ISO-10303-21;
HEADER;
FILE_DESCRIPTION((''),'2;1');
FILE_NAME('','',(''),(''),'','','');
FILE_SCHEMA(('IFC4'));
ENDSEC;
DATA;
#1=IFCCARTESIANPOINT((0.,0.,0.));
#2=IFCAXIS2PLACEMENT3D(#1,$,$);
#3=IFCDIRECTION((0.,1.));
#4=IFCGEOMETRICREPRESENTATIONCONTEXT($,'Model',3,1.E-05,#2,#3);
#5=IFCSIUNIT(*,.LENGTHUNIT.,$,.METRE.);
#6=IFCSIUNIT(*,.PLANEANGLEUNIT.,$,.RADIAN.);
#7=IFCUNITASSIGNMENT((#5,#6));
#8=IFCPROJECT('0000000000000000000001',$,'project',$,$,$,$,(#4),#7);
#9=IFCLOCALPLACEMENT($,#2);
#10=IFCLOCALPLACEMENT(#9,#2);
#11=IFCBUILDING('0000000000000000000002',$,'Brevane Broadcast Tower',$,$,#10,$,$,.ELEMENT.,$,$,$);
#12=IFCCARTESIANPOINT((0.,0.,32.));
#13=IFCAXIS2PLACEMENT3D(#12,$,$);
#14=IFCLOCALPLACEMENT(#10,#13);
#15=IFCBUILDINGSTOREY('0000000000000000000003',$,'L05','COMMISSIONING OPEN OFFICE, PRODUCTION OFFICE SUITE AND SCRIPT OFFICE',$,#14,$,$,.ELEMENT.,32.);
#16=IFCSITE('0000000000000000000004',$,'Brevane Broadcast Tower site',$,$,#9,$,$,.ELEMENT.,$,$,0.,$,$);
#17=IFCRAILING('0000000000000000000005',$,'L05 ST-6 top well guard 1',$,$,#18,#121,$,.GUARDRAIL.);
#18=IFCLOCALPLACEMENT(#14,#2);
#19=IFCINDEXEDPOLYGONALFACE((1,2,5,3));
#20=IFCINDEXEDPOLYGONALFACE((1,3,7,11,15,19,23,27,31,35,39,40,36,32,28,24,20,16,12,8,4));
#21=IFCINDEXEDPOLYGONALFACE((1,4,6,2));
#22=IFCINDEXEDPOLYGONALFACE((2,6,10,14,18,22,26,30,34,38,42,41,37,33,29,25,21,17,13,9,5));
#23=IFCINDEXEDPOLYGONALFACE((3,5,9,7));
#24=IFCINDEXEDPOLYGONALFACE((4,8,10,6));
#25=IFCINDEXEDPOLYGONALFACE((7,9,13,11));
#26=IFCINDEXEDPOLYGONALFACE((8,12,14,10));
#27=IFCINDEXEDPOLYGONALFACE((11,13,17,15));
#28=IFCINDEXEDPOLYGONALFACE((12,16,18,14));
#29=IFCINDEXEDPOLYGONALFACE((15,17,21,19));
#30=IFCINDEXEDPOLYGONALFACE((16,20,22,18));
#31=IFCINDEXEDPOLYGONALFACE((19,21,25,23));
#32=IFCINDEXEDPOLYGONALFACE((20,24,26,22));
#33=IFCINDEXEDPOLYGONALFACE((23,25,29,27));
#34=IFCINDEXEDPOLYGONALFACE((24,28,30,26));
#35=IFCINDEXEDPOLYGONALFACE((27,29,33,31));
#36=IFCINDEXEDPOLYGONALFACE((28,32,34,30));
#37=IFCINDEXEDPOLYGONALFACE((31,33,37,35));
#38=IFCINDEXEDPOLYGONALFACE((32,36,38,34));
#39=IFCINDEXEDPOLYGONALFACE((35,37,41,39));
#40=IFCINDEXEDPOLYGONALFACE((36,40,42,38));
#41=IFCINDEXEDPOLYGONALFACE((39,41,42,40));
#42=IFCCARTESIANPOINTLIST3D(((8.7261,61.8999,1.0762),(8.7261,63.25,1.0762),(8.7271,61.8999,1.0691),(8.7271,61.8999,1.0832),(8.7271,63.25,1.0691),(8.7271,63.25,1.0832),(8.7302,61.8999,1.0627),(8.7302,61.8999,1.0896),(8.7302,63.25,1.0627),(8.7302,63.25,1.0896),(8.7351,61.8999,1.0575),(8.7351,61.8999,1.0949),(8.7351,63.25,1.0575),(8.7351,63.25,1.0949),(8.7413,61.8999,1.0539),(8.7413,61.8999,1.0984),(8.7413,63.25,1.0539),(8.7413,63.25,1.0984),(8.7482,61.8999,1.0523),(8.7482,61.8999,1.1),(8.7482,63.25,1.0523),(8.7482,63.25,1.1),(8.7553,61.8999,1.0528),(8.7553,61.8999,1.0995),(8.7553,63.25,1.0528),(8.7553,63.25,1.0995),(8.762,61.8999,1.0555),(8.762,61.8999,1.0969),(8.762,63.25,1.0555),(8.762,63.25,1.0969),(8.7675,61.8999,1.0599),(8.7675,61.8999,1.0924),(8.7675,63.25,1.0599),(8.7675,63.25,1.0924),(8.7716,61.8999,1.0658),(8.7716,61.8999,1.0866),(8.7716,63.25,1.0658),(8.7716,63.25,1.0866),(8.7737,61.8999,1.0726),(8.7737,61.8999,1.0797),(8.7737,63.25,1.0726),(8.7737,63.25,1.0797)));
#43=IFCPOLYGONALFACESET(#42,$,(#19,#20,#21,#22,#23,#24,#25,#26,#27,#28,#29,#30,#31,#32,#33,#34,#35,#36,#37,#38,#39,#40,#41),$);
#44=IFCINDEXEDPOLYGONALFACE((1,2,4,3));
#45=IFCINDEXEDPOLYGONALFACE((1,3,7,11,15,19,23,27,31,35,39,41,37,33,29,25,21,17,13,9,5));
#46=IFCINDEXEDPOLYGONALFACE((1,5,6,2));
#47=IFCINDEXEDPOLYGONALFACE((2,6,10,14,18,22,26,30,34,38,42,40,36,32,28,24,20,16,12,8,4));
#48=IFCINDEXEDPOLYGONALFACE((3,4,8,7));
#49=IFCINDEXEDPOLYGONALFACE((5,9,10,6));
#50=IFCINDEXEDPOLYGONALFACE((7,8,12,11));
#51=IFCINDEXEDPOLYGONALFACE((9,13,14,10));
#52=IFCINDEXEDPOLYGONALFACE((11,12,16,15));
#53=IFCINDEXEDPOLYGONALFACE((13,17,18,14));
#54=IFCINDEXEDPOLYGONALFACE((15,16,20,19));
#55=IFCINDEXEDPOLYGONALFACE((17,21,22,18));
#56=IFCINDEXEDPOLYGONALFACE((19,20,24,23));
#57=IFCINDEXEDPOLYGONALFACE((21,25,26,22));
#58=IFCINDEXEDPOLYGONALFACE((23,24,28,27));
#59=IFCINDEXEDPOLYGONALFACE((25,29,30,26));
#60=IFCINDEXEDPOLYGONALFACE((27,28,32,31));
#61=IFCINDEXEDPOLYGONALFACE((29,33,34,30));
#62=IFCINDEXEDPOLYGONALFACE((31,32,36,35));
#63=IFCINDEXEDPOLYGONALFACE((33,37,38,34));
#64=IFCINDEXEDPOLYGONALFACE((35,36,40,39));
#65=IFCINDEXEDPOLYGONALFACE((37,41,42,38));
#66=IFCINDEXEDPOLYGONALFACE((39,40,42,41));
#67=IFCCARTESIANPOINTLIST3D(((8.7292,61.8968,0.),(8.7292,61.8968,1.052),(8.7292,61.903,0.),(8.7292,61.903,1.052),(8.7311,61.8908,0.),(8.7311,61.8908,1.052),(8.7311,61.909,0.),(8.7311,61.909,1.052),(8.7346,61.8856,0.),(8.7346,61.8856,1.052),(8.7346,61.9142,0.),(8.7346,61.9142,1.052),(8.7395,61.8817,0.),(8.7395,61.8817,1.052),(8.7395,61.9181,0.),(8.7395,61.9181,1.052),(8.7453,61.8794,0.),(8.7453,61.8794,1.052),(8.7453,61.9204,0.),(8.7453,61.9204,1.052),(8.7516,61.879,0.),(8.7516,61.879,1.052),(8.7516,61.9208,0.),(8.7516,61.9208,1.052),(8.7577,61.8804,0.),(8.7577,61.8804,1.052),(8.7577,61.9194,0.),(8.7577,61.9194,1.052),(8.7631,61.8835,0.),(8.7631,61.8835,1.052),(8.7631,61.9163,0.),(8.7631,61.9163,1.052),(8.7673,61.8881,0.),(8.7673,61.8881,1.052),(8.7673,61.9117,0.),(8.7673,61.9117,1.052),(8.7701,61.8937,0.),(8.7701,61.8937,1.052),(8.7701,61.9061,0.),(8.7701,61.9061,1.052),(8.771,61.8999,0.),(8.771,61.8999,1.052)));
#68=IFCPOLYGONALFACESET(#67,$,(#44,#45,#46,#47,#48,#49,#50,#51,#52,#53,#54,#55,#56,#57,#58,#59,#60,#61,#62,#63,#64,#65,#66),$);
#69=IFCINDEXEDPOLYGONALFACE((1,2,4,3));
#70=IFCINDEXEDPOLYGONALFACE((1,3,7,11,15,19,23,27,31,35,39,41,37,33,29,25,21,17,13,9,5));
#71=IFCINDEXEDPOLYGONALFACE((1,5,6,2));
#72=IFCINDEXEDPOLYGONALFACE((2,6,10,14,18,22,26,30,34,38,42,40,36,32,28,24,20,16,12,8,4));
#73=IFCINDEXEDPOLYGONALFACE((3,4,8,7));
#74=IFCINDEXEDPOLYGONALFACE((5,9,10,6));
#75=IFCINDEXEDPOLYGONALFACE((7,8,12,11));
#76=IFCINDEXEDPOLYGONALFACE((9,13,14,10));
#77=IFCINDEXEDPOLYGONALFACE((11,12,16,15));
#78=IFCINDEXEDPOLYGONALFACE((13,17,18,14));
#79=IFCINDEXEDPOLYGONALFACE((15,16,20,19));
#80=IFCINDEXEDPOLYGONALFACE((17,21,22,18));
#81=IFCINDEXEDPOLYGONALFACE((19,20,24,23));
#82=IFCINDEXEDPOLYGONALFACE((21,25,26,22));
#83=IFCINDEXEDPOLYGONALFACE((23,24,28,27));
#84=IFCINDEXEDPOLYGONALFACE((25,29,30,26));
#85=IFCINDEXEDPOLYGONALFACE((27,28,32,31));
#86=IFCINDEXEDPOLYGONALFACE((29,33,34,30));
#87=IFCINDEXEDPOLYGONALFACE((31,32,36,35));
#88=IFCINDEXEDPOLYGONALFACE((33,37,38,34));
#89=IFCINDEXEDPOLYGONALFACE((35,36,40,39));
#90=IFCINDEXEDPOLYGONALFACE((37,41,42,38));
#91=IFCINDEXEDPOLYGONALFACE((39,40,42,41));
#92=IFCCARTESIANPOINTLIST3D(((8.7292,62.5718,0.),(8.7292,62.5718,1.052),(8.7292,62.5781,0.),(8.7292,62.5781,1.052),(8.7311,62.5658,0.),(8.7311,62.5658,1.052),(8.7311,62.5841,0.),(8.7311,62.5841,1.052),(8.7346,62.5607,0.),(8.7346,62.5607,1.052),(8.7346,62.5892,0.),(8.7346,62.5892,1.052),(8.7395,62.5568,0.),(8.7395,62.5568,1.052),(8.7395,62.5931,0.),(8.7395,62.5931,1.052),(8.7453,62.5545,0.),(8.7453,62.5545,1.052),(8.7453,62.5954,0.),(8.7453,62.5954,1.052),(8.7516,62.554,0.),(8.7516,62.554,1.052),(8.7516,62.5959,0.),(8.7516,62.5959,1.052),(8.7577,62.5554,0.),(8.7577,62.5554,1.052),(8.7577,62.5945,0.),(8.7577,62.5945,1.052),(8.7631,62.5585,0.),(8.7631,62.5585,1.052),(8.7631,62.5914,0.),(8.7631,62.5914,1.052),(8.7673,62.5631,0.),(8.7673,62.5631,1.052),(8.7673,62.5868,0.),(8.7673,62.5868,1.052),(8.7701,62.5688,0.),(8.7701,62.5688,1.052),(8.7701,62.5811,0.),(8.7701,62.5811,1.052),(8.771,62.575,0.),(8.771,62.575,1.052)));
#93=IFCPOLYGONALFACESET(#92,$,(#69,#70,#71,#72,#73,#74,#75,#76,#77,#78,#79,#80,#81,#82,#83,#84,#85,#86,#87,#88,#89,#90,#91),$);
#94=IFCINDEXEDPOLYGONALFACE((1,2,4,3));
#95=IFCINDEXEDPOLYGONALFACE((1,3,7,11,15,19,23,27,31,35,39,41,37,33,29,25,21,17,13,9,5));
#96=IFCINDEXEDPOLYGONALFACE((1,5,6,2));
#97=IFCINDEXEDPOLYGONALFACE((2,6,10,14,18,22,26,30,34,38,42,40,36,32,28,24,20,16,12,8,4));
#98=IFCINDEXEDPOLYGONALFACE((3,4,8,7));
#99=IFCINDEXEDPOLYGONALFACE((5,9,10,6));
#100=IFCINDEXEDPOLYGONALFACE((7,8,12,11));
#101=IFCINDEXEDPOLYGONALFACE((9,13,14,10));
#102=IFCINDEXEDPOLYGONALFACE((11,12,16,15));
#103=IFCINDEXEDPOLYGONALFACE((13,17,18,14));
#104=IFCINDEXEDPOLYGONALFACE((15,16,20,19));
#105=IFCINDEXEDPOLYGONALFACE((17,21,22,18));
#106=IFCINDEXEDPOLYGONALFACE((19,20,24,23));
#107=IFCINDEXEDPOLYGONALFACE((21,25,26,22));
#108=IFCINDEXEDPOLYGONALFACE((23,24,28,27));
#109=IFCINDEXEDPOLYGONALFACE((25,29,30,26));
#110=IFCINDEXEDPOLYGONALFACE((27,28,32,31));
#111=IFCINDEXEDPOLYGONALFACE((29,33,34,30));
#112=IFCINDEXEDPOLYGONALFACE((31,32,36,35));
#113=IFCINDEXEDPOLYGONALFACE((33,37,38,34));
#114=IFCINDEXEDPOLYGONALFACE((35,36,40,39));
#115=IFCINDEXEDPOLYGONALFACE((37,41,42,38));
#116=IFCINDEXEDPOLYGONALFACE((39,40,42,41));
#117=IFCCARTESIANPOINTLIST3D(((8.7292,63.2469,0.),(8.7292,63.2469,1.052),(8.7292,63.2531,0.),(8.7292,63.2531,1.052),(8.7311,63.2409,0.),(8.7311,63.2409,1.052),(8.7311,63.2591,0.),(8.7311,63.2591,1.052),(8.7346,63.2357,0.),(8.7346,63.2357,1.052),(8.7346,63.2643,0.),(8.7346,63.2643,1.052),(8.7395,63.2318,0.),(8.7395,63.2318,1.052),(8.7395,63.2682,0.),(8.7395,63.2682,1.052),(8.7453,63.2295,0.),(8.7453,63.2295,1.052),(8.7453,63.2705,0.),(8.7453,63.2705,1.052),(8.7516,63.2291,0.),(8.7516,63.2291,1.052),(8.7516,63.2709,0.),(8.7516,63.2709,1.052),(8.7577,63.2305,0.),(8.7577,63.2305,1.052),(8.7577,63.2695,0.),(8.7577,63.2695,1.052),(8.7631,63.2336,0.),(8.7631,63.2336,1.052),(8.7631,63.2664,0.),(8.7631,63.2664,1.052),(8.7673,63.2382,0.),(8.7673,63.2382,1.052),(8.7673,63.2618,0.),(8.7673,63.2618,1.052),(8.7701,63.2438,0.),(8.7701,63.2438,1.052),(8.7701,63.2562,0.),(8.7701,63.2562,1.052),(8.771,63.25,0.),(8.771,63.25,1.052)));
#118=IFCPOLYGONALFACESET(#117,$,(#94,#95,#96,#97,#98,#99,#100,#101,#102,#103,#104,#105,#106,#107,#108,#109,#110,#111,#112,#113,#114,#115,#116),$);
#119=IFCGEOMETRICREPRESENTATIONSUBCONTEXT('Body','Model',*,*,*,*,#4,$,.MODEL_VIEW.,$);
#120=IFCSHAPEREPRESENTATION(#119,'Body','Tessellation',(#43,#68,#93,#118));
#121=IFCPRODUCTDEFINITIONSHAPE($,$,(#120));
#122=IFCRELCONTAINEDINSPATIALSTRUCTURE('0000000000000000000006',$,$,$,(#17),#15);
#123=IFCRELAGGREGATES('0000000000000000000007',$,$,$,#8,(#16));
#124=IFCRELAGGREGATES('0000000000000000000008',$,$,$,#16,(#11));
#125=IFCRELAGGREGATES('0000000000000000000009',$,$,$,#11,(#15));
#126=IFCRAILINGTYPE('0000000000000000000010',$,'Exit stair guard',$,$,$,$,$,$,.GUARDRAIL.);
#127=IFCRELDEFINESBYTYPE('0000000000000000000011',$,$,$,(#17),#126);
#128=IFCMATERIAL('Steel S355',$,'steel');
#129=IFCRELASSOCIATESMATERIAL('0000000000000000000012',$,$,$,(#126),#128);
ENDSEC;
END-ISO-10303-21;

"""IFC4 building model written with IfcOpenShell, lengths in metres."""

from ifc_helpers import new_model, si_unit, direction, frame, origin, origin_2d, place, context, subcontext, project, spatial, circle, extrude, material, type_object, element, save


model = new_model("IFC4")

# Units and contexts
model_context = context("Model", 3, precision=1e-05, world=origin(), true_north=direction((0.0, 1.0)))
body_context = subcontext(model_context, "Body", "Model", "MODEL_VIEW")
ifc_project = project(units=[si_unit("LENGTHUNIT", "METRE"), si_unit("PLANEANGLEUNIT", "RADIAN")], contexts=[model_context])

# Site, building, storey
site_placement = place(None, origin())
site = spatial("IfcSite", under=ifc_project, at=site_placement, Name="Brevane Broadcast Tower site", CompositionType="ELEMENT", RefElevation=0.0)
building_placement = place(site_placement, origin())
building = spatial("IfcBuilding", under=site, at=building_placement, Name="Brevane Broadcast Tower", CompositionType="ELEMENT")
storey_placement = place(building_placement, frame((0.0, 0.0, 32.0)))
storey = spatial("IfcBuildingStorey", under=building, at=storey_placement, Name="L05", Description="COMMISSIONING OPEN OFFICE, PRODUCTION OFFICE SUITE AND SCRIPT OFFICE", CompositionType="ELEMENT", Elevation=32.0)

# Railing
ifc_material_1 = material(Name="Steel S355", Category="steel")
railing_type = type_object("IfcRailingType", Name="Exit stair guard", PredefinedType="GUARDRAIL", material=ifc_material_1)
railing_placement = place(storey_placement, frame((8.75, 61.8999, 0.0)))
element("IfcRailing", 1, at=railing_placement, inside=storey, type_object=railing_type, Name="L05 ST-6 top well guard 1", PredefinedType="GUARDRAIL", context=body_context, shape_type="SweptSolid", body=[
    extrude(circle(Radius=0.0239, at=origin_2d()), frame((0.0, 0.0, 1.0762), z_axis=(0.0, 1.0, 0.0), x_axis=(-1.0, 0.0, 0.0)), (0.0, 0.0, 1.0), 1.3501),
    extrude(circle(Radius=0.021, at=origin_2d()), origin(), (0.0, 0.0, 1.0), 1.052),
    extrude(circle(Radius=0.021, at=origin_2d()), frame((0.0, 0.675, 0.0)), (0.0, 0.0, 1.0), 1.052),
    extrude(circle(Radius=0.021, at=origin_2d()), frame((0.0, 1.3501, 0.0)), (0.0, 0.0, 1.0), 1.052),
])

save(model, "model.ifc")
